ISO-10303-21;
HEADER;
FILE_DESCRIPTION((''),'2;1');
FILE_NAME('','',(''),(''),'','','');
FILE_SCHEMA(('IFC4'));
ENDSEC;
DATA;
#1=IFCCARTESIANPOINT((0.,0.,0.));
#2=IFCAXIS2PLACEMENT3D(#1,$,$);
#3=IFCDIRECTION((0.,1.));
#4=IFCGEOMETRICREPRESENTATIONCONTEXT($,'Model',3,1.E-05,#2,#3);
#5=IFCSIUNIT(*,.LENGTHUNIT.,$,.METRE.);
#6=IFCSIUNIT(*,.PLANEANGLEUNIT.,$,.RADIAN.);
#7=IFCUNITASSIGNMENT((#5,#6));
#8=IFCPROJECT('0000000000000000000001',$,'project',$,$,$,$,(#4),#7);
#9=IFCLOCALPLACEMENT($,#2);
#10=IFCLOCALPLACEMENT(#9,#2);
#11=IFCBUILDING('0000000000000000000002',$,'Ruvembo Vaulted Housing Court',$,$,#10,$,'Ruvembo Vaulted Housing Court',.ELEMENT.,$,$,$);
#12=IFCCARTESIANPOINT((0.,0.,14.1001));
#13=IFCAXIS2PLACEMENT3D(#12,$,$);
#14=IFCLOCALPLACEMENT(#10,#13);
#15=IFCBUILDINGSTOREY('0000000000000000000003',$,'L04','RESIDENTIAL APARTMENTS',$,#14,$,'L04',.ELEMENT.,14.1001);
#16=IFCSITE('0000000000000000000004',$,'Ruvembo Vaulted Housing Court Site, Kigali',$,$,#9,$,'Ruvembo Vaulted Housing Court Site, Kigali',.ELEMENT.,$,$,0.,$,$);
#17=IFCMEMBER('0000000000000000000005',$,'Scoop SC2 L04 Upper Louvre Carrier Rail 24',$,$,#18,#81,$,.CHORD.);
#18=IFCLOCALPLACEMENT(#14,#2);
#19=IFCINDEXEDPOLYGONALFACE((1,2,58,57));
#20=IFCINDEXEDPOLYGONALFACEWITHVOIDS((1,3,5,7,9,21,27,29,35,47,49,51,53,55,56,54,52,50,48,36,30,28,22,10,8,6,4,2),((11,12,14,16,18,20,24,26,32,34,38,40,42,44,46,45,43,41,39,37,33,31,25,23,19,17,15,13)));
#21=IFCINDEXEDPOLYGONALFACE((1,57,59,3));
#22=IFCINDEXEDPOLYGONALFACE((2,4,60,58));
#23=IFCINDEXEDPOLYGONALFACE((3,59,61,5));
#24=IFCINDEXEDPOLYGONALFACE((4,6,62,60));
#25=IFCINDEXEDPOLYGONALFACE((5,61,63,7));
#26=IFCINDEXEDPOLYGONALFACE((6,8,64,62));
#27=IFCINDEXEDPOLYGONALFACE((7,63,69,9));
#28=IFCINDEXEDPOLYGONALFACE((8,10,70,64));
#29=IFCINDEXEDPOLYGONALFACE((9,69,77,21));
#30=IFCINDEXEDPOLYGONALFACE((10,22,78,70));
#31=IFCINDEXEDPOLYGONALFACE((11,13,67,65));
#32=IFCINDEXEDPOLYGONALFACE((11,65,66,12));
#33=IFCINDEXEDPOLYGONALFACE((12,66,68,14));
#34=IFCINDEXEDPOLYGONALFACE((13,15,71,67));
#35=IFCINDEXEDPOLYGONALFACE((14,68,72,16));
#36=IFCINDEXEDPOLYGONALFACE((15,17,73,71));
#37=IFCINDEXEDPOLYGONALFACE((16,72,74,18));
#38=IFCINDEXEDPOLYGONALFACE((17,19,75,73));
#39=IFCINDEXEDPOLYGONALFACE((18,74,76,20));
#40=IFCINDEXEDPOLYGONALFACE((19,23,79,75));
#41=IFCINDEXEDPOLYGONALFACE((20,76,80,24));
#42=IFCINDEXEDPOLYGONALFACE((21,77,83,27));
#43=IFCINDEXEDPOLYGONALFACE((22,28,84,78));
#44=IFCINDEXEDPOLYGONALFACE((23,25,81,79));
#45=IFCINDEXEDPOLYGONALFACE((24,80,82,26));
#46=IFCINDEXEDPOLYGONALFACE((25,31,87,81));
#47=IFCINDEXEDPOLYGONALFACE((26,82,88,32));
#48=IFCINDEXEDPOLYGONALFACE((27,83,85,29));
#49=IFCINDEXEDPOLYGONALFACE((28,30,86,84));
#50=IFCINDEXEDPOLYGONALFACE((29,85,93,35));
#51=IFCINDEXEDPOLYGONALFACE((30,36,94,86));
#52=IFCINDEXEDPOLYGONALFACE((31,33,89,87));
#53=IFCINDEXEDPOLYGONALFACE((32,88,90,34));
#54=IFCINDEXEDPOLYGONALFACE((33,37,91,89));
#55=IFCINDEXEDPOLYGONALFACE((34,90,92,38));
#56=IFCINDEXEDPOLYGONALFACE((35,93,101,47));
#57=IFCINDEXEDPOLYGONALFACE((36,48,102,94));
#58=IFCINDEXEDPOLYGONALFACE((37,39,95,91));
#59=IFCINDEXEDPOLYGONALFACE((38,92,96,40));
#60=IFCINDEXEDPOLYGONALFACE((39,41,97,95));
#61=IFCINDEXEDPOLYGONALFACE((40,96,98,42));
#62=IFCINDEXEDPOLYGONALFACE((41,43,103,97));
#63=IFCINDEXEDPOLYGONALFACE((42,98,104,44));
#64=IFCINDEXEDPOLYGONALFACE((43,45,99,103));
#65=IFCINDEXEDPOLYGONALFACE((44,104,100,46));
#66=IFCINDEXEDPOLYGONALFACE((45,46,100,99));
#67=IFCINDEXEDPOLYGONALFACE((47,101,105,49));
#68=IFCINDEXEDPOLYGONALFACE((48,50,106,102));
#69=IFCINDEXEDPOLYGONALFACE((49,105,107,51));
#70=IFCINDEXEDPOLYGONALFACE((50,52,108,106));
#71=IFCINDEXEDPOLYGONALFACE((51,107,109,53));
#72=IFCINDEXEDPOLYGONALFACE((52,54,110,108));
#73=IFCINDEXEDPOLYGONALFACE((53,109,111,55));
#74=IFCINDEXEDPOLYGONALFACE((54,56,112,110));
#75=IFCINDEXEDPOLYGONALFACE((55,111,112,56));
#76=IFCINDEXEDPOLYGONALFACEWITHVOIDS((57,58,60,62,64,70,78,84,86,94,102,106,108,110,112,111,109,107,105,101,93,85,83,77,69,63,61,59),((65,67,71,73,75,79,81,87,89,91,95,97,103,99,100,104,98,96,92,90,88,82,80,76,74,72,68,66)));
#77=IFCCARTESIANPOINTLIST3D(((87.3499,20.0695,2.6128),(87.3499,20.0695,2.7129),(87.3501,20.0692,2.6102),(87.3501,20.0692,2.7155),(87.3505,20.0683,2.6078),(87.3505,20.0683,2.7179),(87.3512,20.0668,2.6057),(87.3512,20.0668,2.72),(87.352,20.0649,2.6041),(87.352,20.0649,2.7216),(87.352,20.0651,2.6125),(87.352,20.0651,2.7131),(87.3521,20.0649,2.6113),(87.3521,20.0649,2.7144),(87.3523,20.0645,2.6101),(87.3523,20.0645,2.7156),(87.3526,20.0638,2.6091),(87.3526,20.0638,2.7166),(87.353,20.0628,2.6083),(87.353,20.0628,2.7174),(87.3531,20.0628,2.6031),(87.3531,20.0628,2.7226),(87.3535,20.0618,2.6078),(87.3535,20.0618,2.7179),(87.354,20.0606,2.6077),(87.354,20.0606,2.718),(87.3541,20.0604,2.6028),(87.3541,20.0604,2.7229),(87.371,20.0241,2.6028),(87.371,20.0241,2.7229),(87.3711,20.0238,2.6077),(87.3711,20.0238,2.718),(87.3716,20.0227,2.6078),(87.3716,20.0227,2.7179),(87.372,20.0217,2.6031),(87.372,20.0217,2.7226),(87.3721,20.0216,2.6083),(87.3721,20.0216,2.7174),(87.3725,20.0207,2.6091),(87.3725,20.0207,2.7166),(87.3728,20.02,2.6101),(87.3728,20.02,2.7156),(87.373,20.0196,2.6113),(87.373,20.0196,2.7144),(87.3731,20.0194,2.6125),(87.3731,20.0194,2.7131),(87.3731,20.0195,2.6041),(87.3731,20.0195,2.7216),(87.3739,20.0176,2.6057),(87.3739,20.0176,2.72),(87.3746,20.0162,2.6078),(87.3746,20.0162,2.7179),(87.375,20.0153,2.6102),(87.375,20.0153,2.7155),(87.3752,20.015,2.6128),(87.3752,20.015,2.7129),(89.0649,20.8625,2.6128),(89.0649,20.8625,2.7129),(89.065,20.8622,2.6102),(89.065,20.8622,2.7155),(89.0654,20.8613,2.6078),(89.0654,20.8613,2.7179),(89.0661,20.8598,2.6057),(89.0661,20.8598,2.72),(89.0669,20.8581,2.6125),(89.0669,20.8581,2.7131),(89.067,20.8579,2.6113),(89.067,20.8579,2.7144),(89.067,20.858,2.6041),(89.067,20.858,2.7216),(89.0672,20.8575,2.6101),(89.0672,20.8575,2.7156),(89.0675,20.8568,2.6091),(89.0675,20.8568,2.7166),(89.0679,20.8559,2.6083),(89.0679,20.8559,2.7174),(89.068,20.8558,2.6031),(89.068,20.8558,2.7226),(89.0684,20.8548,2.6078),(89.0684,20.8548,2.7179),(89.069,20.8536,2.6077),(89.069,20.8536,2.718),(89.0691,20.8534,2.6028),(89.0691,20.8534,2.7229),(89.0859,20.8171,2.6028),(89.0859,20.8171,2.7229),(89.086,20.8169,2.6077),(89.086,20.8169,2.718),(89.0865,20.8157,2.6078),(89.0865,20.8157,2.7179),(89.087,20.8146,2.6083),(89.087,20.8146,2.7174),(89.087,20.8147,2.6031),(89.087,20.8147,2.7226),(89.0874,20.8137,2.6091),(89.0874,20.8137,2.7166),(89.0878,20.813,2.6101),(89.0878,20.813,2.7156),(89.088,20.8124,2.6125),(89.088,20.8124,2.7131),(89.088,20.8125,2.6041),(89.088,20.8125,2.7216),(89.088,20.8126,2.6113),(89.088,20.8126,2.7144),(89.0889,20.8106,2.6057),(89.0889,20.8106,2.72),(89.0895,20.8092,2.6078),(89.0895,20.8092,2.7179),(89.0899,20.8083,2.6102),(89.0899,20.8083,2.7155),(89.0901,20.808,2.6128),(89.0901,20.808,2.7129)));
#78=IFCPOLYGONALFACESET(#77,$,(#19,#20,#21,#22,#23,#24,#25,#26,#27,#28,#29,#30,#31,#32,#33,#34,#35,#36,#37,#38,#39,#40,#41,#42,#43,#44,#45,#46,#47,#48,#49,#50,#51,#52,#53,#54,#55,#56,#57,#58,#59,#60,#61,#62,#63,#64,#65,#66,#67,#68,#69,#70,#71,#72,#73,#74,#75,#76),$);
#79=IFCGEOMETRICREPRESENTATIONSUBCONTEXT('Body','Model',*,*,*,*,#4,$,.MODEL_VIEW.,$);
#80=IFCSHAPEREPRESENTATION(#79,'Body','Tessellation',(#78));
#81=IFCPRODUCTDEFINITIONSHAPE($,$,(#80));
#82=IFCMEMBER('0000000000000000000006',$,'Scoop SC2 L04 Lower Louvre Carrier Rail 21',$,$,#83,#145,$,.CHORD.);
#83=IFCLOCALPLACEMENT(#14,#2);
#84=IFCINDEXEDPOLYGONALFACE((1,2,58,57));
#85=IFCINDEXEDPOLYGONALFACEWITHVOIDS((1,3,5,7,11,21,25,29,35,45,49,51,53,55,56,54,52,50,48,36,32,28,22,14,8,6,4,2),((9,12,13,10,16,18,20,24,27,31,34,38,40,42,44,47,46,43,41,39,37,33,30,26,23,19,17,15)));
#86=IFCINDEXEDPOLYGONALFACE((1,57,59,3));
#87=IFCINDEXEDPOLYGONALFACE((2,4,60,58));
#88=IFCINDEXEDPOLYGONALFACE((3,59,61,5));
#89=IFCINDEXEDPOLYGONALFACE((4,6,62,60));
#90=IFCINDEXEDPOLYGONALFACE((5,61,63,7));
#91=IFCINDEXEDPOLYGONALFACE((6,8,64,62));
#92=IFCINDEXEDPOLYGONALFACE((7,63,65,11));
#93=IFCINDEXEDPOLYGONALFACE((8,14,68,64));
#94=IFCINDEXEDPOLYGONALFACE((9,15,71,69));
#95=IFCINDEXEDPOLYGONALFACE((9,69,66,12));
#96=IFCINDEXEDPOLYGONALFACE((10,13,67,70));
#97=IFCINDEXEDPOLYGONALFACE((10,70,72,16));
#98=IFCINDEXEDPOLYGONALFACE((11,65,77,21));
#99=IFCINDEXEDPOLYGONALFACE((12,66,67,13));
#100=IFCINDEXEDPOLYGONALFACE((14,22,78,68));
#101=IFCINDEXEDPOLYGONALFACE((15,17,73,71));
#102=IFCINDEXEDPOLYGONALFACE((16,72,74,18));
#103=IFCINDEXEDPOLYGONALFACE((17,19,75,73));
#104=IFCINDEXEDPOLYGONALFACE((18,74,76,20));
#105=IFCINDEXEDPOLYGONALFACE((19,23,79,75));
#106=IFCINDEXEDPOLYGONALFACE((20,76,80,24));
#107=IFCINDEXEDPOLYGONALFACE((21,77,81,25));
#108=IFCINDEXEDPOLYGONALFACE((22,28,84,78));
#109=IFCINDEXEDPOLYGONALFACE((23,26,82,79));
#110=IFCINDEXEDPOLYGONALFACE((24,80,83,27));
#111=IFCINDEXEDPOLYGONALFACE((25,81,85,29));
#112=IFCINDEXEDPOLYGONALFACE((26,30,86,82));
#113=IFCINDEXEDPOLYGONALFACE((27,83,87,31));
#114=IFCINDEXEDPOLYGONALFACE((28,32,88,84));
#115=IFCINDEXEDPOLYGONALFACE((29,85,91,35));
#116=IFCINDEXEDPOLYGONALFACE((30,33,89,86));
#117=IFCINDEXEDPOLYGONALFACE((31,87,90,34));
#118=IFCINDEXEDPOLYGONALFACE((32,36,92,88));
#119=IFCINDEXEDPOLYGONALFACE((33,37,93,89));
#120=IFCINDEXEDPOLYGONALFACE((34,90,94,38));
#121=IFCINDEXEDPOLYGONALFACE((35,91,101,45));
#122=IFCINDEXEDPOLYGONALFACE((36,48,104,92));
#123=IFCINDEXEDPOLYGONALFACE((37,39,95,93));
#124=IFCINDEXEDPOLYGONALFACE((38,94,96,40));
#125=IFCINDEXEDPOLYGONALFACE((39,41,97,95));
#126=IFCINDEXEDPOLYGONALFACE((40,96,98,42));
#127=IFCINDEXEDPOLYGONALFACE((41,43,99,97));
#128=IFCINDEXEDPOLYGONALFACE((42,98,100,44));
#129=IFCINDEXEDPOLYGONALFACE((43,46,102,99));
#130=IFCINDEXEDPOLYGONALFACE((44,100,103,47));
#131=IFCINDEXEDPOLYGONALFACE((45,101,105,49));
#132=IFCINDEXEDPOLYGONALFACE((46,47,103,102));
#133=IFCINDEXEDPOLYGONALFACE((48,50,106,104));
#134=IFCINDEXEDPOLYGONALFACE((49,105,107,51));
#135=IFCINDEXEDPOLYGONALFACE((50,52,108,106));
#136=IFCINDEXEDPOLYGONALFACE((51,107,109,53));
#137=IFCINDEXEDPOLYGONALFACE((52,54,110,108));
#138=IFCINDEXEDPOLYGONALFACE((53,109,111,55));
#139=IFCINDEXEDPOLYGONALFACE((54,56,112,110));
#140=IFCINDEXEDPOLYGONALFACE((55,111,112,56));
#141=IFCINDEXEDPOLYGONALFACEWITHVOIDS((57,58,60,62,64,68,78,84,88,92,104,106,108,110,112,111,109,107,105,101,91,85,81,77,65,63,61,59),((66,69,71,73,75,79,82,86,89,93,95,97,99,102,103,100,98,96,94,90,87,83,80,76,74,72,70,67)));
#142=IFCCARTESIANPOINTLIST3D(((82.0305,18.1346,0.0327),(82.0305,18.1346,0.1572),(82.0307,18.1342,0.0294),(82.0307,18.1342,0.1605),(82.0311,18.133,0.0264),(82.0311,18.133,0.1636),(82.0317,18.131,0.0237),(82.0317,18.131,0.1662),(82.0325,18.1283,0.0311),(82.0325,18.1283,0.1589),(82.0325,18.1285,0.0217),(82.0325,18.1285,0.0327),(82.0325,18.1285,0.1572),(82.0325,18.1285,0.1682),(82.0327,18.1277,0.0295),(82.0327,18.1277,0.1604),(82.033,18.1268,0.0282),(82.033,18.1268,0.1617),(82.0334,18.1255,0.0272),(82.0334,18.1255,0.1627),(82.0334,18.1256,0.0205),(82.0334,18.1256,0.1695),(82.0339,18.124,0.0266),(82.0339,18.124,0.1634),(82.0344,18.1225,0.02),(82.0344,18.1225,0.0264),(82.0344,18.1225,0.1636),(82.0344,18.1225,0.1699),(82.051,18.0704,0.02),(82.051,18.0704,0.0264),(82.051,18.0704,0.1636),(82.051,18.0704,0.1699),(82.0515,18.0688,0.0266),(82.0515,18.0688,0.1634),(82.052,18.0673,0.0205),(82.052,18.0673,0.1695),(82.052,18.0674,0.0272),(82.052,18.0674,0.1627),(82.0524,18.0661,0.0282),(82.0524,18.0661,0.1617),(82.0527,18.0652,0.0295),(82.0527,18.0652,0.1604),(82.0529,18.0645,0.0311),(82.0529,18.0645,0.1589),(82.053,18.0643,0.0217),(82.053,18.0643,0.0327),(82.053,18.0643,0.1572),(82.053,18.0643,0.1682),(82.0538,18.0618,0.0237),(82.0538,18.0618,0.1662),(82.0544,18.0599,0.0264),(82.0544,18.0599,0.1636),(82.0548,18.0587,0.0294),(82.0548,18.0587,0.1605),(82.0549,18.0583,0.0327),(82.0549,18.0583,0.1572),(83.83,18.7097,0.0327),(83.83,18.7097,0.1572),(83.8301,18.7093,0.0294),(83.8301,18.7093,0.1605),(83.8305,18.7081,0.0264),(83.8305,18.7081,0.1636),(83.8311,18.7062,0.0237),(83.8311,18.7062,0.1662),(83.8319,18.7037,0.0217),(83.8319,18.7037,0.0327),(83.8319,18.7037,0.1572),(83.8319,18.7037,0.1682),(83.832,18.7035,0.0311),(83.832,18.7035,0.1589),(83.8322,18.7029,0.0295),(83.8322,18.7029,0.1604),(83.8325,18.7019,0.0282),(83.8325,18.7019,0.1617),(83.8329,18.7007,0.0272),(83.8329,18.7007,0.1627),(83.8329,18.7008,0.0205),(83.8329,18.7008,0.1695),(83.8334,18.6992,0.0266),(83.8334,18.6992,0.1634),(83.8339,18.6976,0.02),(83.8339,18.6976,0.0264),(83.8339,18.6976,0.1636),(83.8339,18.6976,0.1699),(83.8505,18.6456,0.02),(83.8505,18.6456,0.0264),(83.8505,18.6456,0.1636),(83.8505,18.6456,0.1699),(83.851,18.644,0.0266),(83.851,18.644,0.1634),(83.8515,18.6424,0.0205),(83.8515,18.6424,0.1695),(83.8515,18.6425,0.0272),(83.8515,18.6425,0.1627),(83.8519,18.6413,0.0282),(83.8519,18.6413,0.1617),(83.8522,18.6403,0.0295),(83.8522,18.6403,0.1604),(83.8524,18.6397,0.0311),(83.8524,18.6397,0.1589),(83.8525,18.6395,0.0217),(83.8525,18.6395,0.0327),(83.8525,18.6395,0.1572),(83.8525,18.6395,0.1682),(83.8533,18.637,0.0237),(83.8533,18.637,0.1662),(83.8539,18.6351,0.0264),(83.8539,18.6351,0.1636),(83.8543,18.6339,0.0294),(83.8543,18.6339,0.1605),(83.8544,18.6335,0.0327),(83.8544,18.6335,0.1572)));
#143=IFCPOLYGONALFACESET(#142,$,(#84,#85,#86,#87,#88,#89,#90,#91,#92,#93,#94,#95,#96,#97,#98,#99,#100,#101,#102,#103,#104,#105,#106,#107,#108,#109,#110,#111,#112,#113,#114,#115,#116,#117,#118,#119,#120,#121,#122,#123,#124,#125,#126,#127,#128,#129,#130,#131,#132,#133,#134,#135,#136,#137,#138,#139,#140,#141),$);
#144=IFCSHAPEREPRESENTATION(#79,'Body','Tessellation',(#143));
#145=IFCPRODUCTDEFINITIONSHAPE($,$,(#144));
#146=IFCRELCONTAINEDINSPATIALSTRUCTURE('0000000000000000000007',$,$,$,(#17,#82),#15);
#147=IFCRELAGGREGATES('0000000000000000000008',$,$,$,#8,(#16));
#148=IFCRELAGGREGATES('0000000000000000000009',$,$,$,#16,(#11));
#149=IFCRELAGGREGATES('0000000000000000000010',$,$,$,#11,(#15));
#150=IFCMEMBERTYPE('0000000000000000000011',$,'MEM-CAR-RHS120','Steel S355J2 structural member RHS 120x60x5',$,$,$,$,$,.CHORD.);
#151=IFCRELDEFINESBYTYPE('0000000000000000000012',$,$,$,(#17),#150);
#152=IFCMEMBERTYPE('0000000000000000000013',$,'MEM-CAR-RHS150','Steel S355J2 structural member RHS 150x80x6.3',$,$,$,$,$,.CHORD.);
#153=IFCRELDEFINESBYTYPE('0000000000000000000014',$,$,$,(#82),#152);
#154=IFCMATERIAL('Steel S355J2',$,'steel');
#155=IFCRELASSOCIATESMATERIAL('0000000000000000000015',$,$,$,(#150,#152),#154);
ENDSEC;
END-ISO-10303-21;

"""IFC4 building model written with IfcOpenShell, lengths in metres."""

from ifc_helpers import new_model, si_unit, direction, frame, origin, origin_2d, place, context, subcontext, project, spatial, hollow_rectangle, extrude, material, material_profile, profile_set, type_object, element, save


model = new_model("IFC4")

# Units and contexts
model_context = context("Model", 3, precision=1e-05, world=origin(), true_north=direction((0.0, 1.0)))
body_context = subcontext(model_context, "Body", "Model", "MODEL_VIEW")
ifc_project = project(units=[si_unit("LENGTHUNIT", "METRE"), si_unit("PLANEANGLEUNIT", "RADIAN")], contexts=[model_context])

# Site, building, storey
site_placement = place(None, origin())
site = spatial("IfcSite", under=ifc_project, at=site_placement, Name="Ruvembo Vaulted Housing Court Site, Kigali", LongName="Ruvembo Vaulted Housing Court Site, Kigali", CompositionType="ELEMENT", RefElevation=0.0)
building_placement = place(site_placement, origin())
building = spatial("IfcBuilding", under=site, at=building_placement, Name="Ruvembo Vaulted Housing Court", LongName="Ruvembo Vaulted Housing Court", CompositionType="ELEMENT")
storey_placement = place(building_placement, frame((0.0, 0.0, 14.1001)))
storey = spatial("IfcBuildingStorey", under=building, at=storey_placement, Name="L04", Description="RESIDENTIAL APARTMENTS", LongName="L04", CompositionType="ELEMENT", Elevation=14.1001)

# Shared definitions
ifc_material_1 = material(Name="Steel S355J2", Category="steel")

# Members
ifc_material_profile_1 = material_profile(ifc_material_1, hollow_rectangle(XDim=0.0601, YDim=0.1201, WallThickness=0.0049, InnerFilletRadius=0.0049, OuterFilletRadius=0.01, at=origin_2d()), Name="RHS 120x60x5")
ifc_profile_set_1 = profile_set([ifc_material_profile_1], Name="Steel S355J2")
member_type_1 = type_object("IfcMemberType", Name="MEM-CAR-RHS120", Description="Steel S355J2 structural member RHS 120x60x5", PredefinedType="CHORD", material=ifc_profile_set_1)
member_1_placement = place(storey_placement, frame((87.3625, 20.0422, 2.6628), z_axis=(0.907657, 0.419714, 0.0), x_axis=(-0.419714, 0.907657, 0.0)))
element("IfcMember", 1, at=member_1_placement, inside=storey, type_object=member_type_1, Name="Scoop SC2 L04 Upper Louvre Carrier Rail 24", PredefinedType="CHORD", context=body_context, shape_type="SweptSolid", body=[
    extrude(hollow_rectangle(XDim=0.0601, YDim=0.1201, WallThickness=0.0049, InnerFilletRadius=0.0049, OuterFilletRadius=0.01, at=origin_2d()), origin(), (0.0, 0.0, 1.0), 1.8894),
])
ifc_material_profile_2 = material_profile(ifc_material_1, hollow_rectangle(XDim=0.0801, YDim=0.1499, WallThickness=0.0063, InnerFilletRadius=0.0063, OuterFilletRadius=0.0127, at=origin_2d()), Name="RHS 150x80x6.3")
ifc_profile_set_2 = profile_set([ifc_material_profile_2], Name="Steel S355J2")
member_type_2 = type_object("IfcMemberType", Name="MEM-CAR-RHS150", Description="Steel S355J2 structural member RHS 150x80x6.3", PredefinedType="CHORD", material=ifc_profile_set_2)
member_2_placement = place(storey_placement, frame((82.0427, 18.0964, 0.095), z_axis=(0.952526, 0.304457, 0.0), x_axis=(-0.304457, 0.952526, 0.0)))
element("IfcMember", 2, at=member_2_placement, inside=storey, type_object=member_type_2, Name="Scoop SC2 L04 Lower Louvre Carrier Rail 21", PredefinedType="CHORD", context=body_context, shape_type="SweptSolid", body=[
    extrude(hollow_rectangle(XDim=0.0801, YDim=0.1499, WallThickness=0.0063, InnerFilletRadius=0.0063, OuterFilletRadius=0.0127, at=origin_2d()), origin(), (0.0, 0.0, 1.0), 1.8892),
])

save(model, "model.ifc")
